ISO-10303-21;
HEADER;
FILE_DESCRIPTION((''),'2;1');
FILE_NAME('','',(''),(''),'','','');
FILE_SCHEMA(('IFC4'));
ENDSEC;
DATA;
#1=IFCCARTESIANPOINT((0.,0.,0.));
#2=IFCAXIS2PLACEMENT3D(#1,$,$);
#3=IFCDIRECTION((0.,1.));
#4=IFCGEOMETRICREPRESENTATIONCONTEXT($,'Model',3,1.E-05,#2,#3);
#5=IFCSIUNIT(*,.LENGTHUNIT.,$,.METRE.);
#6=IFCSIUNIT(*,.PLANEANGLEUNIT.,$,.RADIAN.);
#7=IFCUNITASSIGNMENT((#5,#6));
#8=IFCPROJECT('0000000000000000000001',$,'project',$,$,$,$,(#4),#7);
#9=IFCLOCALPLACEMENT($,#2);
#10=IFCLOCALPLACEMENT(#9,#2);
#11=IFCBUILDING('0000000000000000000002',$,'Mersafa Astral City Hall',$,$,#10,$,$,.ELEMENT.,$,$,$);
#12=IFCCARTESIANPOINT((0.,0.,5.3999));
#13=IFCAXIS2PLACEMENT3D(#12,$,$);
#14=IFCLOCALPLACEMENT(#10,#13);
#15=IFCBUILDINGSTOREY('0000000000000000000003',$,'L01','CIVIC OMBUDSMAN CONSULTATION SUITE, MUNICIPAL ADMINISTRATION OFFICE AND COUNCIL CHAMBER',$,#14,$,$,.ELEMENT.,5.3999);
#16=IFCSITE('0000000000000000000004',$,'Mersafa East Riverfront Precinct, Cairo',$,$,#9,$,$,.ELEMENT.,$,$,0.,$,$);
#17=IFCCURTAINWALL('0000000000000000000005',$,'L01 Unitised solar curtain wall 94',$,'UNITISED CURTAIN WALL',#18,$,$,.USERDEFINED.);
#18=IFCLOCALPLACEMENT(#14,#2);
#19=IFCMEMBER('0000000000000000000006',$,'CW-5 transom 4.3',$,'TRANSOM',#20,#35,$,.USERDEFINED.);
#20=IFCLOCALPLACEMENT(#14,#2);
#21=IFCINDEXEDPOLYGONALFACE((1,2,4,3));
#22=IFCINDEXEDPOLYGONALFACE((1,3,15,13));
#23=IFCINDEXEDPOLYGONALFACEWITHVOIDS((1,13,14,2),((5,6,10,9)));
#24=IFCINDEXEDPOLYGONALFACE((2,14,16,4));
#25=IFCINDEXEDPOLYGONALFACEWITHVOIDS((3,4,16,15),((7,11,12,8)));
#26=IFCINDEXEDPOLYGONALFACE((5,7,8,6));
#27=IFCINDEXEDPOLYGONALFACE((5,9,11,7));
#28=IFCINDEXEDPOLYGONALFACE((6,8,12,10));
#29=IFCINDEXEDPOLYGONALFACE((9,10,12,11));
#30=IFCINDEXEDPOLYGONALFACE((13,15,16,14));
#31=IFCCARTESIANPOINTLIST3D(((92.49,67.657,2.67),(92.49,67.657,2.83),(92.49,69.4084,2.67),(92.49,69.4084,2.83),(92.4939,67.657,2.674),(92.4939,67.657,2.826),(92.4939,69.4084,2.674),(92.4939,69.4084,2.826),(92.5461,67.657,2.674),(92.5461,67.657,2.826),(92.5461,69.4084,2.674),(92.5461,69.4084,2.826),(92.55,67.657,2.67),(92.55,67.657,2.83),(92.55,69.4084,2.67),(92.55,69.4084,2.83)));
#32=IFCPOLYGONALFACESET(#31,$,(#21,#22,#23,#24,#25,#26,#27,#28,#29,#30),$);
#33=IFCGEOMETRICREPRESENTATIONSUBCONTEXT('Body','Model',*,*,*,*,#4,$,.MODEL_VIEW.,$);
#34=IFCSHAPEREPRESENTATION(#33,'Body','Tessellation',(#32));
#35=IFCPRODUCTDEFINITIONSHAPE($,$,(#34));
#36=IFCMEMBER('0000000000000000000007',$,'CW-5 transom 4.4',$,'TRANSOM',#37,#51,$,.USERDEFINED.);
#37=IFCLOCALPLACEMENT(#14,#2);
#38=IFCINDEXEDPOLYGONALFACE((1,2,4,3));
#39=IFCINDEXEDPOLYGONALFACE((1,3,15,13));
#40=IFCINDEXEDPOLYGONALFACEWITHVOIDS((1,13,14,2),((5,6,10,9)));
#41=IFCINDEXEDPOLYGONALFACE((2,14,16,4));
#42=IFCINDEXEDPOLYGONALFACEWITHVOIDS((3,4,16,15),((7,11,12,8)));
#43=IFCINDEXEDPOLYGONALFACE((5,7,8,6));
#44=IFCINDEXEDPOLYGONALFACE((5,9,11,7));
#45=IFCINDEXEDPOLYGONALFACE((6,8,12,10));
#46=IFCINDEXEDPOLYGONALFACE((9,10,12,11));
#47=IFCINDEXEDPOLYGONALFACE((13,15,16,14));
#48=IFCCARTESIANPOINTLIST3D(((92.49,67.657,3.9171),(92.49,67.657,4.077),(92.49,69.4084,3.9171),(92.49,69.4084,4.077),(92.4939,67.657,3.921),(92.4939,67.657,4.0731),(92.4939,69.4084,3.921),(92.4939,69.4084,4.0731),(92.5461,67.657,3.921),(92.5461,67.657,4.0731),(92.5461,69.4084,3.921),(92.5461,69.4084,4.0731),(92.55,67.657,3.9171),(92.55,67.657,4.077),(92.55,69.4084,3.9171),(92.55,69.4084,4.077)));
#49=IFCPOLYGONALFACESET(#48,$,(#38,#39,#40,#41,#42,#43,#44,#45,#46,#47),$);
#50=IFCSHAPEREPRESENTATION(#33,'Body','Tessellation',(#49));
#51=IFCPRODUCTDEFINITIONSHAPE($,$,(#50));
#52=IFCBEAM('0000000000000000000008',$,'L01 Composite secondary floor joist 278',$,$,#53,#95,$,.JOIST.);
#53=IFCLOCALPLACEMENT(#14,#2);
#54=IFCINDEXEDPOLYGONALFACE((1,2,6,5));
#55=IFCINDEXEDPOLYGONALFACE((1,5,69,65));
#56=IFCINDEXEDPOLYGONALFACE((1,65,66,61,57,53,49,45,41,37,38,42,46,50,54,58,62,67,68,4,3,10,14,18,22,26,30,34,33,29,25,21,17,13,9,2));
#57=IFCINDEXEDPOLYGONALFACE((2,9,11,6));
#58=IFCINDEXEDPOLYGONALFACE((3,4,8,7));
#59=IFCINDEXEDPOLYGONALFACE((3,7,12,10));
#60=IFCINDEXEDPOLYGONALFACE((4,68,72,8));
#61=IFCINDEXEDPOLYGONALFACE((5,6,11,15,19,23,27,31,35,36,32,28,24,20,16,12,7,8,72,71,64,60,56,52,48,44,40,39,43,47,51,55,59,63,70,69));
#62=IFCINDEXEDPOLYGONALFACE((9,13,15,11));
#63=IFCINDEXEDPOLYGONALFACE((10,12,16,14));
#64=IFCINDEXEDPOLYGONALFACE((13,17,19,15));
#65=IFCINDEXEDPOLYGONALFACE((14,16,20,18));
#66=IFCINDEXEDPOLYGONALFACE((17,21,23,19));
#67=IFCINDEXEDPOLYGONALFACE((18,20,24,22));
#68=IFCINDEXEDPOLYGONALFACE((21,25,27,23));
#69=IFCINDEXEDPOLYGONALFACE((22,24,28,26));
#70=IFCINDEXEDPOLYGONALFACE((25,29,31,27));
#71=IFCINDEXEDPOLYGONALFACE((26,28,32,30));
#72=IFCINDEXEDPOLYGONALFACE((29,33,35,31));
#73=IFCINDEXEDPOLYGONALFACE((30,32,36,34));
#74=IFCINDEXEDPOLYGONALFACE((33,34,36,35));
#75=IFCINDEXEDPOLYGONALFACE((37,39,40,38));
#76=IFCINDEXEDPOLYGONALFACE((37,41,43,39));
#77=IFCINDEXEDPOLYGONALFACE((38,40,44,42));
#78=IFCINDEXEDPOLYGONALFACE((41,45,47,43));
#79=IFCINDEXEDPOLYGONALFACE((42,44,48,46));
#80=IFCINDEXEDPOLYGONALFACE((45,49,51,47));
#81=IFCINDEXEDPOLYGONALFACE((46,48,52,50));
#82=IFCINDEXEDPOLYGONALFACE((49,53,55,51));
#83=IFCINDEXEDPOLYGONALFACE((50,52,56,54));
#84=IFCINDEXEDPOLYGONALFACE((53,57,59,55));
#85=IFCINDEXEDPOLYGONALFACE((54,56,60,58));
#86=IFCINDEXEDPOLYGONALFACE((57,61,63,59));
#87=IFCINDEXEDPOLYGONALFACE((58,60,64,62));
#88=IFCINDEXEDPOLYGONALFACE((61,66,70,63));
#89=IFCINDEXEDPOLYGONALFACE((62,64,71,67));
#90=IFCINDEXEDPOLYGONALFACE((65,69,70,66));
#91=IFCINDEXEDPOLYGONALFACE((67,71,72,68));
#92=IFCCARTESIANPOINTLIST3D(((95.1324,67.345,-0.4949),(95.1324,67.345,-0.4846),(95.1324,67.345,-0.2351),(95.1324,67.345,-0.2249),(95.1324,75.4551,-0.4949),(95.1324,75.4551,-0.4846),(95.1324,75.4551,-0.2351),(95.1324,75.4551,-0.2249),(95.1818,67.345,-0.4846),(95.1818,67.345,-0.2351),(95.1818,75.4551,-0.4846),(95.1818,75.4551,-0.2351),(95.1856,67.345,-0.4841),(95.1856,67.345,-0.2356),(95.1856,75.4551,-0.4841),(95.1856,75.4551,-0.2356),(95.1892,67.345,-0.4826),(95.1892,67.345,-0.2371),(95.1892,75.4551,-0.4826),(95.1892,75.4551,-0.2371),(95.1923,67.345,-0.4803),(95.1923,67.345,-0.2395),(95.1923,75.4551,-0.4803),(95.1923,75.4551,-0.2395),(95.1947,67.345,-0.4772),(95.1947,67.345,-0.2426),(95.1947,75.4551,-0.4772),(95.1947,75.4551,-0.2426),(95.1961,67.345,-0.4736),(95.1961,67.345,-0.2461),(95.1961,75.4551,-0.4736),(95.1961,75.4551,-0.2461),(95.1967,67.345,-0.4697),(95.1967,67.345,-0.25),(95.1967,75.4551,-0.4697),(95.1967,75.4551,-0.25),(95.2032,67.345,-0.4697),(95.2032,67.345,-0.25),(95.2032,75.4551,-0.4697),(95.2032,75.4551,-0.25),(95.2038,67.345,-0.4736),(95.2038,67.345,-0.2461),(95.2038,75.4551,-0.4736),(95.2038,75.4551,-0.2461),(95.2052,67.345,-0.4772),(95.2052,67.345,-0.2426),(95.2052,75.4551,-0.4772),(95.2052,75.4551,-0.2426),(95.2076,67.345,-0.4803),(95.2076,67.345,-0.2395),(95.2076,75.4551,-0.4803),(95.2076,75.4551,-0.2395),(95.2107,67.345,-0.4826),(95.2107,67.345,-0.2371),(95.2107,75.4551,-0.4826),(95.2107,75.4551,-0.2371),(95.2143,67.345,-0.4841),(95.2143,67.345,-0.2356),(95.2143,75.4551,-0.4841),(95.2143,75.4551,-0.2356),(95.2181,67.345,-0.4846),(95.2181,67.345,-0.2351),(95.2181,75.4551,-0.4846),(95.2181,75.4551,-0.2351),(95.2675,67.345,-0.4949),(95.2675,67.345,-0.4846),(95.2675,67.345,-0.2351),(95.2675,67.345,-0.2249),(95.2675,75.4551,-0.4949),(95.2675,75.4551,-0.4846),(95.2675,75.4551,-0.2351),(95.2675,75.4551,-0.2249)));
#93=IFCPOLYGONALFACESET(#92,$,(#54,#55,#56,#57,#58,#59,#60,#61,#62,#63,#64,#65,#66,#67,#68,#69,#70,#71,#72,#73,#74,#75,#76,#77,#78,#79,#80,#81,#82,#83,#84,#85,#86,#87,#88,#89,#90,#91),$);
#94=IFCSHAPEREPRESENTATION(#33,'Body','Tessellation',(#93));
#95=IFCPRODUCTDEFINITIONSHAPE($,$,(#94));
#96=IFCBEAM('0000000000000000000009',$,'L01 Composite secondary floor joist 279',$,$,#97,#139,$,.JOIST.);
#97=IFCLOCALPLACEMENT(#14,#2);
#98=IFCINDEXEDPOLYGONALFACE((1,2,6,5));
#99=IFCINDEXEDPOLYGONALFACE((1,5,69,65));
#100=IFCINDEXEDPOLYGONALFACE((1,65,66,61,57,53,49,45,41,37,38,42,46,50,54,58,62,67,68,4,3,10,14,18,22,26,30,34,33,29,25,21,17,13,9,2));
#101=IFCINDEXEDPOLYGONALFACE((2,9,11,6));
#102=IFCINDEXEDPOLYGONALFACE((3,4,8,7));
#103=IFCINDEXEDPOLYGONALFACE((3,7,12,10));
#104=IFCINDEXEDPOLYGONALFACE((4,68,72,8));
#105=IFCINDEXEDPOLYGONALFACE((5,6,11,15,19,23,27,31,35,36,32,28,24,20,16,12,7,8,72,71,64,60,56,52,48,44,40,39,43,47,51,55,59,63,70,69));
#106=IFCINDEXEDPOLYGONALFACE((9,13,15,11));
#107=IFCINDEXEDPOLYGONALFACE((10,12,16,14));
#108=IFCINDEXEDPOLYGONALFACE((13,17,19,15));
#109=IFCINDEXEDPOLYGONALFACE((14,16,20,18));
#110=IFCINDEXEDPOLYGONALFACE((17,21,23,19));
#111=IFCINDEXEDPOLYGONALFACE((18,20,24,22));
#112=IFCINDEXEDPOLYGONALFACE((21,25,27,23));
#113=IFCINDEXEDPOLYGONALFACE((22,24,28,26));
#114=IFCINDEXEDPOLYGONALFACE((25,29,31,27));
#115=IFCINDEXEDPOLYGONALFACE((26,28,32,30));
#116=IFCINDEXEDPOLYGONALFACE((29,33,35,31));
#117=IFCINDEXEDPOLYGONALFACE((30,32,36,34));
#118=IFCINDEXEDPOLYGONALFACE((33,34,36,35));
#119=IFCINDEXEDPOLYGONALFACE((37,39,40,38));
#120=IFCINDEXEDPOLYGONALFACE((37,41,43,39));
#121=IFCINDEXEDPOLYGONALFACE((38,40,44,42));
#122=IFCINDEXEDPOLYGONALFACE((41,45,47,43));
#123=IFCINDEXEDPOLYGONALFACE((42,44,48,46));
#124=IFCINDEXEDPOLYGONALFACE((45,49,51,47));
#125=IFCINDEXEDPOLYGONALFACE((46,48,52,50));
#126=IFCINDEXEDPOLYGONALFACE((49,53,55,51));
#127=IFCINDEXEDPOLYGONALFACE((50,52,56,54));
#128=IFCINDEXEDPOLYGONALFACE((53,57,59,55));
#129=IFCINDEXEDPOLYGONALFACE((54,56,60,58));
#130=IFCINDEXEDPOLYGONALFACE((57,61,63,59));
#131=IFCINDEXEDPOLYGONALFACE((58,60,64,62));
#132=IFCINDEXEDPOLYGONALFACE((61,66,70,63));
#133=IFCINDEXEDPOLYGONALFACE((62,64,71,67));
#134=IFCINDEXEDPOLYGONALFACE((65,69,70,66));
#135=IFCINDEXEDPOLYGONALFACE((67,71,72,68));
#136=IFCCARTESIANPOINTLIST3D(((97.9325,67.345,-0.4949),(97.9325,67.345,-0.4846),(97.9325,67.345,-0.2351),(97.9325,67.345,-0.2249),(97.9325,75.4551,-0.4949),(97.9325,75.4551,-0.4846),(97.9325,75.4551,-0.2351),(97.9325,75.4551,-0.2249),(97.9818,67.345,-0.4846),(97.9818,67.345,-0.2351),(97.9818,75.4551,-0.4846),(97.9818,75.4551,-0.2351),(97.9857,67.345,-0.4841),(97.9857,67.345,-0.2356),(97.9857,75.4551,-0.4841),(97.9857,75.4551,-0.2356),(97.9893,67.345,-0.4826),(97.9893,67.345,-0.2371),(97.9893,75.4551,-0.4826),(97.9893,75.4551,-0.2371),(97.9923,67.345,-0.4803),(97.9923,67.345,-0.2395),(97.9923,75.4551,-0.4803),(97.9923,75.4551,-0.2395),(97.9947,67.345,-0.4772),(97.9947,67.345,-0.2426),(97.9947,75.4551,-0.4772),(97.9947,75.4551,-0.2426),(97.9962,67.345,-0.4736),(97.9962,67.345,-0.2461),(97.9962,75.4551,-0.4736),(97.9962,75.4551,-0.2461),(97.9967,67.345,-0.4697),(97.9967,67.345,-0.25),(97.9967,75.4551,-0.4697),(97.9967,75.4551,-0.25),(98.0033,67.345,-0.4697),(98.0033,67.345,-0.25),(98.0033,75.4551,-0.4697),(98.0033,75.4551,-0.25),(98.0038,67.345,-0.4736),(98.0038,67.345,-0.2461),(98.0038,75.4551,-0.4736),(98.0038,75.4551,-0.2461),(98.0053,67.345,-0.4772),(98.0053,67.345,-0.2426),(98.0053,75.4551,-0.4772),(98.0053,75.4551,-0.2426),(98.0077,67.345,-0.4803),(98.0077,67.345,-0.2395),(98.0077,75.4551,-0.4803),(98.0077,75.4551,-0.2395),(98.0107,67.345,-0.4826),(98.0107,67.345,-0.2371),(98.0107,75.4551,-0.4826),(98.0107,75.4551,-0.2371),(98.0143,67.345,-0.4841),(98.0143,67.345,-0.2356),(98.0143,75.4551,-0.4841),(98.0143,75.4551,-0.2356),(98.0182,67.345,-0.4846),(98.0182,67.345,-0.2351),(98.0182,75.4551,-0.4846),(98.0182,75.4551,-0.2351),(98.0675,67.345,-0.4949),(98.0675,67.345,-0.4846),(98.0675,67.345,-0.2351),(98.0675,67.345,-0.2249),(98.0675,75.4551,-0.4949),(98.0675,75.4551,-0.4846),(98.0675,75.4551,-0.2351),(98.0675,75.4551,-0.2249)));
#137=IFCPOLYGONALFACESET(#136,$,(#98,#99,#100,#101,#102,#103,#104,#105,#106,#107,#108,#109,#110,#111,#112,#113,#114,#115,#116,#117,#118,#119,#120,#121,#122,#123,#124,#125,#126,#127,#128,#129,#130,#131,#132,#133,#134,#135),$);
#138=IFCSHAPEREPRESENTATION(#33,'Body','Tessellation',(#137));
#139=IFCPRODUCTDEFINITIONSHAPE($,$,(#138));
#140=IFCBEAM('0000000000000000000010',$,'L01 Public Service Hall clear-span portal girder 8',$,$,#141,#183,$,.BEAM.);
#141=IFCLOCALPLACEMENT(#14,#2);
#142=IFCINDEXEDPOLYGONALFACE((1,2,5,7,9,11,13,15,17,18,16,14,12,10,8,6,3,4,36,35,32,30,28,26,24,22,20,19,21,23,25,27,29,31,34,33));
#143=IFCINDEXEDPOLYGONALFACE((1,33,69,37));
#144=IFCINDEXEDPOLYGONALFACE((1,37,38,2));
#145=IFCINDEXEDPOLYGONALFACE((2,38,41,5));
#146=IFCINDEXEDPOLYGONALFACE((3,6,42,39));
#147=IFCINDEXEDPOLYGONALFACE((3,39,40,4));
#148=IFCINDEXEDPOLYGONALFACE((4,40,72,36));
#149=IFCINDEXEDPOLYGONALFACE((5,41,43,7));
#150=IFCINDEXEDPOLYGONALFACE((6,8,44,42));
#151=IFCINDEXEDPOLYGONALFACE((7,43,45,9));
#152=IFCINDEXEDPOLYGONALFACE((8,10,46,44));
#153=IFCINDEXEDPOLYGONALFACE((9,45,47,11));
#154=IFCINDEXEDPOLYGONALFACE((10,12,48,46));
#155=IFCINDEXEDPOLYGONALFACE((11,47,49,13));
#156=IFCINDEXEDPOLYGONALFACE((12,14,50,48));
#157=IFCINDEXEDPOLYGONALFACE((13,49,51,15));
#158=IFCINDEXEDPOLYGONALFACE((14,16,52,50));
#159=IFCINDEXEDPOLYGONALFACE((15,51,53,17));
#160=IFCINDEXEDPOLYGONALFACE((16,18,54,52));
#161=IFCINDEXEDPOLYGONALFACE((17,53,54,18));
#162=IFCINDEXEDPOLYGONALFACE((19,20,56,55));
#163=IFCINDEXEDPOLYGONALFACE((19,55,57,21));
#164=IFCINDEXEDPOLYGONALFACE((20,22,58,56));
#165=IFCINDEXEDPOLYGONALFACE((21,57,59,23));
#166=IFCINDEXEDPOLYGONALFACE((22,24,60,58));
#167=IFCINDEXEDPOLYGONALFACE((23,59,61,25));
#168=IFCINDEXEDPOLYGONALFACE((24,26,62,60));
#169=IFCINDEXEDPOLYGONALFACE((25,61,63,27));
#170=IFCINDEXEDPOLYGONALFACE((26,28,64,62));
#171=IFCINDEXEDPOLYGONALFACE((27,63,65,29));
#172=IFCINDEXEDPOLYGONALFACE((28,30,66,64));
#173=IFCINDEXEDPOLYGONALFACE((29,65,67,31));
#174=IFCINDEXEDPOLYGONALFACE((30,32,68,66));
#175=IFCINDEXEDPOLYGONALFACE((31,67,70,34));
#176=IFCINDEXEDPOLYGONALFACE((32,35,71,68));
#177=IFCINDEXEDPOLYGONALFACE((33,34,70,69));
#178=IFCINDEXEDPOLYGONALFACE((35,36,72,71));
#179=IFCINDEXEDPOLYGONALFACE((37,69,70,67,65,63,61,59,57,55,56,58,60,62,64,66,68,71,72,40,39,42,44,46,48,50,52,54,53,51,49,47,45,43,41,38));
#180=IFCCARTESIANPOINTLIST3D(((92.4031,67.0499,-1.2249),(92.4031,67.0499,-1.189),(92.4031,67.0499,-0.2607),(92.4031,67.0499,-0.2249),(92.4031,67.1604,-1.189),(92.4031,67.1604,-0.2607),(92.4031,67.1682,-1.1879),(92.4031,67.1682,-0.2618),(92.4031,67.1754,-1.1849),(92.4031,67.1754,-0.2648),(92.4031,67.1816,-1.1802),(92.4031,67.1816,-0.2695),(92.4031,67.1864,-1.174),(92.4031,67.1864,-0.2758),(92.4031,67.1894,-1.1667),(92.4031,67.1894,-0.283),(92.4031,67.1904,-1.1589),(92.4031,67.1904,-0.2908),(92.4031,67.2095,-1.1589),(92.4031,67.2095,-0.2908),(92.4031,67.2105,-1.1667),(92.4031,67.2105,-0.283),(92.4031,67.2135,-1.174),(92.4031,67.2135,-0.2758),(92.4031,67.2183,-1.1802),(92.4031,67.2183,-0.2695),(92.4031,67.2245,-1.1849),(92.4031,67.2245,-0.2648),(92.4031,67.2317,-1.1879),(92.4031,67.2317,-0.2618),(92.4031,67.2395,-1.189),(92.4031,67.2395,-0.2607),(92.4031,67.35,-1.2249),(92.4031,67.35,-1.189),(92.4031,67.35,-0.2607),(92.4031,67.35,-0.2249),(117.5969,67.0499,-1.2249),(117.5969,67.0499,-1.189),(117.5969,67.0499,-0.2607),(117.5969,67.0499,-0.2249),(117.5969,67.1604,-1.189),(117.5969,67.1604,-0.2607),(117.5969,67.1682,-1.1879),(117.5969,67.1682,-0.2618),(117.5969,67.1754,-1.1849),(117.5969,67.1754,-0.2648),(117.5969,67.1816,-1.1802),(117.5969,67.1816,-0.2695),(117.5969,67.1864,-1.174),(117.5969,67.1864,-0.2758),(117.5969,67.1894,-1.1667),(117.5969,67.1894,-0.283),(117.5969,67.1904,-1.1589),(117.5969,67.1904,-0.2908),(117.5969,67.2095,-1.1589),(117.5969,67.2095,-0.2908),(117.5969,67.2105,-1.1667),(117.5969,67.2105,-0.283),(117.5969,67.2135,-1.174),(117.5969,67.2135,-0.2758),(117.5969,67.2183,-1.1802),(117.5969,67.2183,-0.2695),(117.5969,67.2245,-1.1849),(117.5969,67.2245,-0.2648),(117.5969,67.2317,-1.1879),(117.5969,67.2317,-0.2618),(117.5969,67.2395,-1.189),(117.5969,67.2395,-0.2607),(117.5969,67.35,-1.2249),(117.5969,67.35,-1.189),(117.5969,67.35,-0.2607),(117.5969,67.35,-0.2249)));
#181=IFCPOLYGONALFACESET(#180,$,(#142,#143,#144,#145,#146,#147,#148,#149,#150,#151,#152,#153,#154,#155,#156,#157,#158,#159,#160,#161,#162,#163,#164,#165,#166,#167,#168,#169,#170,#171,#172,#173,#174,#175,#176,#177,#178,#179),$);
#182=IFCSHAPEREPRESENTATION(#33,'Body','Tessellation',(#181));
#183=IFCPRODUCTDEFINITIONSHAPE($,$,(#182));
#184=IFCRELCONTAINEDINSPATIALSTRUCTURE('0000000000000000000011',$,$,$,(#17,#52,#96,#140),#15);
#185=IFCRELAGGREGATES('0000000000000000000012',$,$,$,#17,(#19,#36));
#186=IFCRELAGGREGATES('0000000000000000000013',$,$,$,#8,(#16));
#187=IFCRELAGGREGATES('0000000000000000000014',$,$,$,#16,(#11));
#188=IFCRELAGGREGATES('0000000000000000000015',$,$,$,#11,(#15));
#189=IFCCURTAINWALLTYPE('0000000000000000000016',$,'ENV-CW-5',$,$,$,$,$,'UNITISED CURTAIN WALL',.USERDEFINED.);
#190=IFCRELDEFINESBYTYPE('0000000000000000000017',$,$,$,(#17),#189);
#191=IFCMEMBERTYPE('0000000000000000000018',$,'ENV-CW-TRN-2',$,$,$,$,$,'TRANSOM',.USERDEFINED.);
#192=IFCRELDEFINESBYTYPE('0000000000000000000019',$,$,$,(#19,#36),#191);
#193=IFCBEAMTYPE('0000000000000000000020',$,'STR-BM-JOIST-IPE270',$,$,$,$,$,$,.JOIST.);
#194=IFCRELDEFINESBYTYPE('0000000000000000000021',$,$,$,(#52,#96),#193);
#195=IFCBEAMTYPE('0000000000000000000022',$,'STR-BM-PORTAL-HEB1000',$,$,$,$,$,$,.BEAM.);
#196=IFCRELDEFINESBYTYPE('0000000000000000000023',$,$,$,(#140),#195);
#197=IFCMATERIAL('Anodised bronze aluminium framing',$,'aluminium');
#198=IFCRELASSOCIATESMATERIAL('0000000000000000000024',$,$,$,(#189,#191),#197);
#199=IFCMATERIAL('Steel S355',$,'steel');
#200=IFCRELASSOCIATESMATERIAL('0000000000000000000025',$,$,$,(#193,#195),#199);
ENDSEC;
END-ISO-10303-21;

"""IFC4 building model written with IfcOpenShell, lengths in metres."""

from ifc_helpers import new_model, si_unit, direction, frame, origin, origin_2d, place, context, subcontext, project, spatial, hollow_rectangle, i_section, extrude, material, material_profile, profile_set, type_object, element, aggregate, save


model = new_model("IFC4")

# Units and contexts
model_context = context("Model", 3, precision=1e-05, world=origin(), true_north=direction((0.0, 1.0)))
body_context = subcontext(model_context, "Body", "Model", "MODEL_VIEW")
ifc_project = project(units=[si_unit("LENGTHUNIT", "METRE"), si_unit("PLANEANGLEUNIT", "RADIAN")], contexts=[model_context])

# Site, building, storey
site_placement = place(None, origin())
site = spatial("IfcSite", under=ifc_project, at=site_placement, Name="Mersafa East Riverfront Precinct, Cairo", CompositionType="ELEMENT", RefElevation=0.0)
building_placement = place(site_placement, origin())
building = spatial("IfcBuilding", under=site, at=building_placement, Name="Mersafa Astral City Hall", CompositionType="ELEMENT")
storey_placement = place(building_placement, frame((0.0, 0.0, 5.3999)))
storey = spatial("IfcBuildingStorey", under=building, at=storey_placement, Name="L01", Description="CIVIC OMBUDSMAN CONSULTATION SUITE, MUNICIPAL ADMINISTRATION OFFICE AND COUNCIL CHAMBER", CompositionType="ELEMENT", Elevation=5.3999)

# Shared definitions
ifc_material_1 = material(Name="Steel S355", Category="steel")

# Curtain wall, members
ifc_material_2 = material(Name="Anodised bronze aluminium framing", Category="aluminium")
curtain_wall_type = type_object("IfcCurtainWallType", Name="ENV-CW-5", ElementType="UNITISED CURTAIN WALL", PredefinedType="USERDEFINED", material=ifc_material_2)
curtain_wall_placement = place(storey_placement, origin())
curtain_wall = element("IfcCurtainWall", 1, at=curtain_wall_placement, inside=storey, type_object=curtain_wall_type, Name="L01 Unitised solar curtain wall 94", ObjectType="UNITISED CURTAIN WALL", PredefinedType="USERDEFINED")
ifc_material_profile_1 = material_profile(ifc_material_2, hollow_rectangle(XDim=0.0601, YDim=0.1599, WallThickness=0.0039, at=origin_2d()), Name="RHS 60x160x4")
ifc_profile_set_1 = profile_set([ifc_material_profile_1], Name="Anodised bronze aluminium framing")
member_type_1 = type_object("IfcMemberType", Name="ENV-CW-TRN-2", ElementType="TRANSOM", PredefinedType="USERDEFINED", material=ifc_profile_set_1)
member_1_placement = place(storey_placement, frame((92.52, 69.4084, 2.75), z_axis=(0.0, -1.0, 0.0), x_axis=(1.0, 0.0, 0.0)))
member_1 = element("IfcMember", 2, at=member_1_placement, type_object=member_type_1, Name="CW-5 transom 4.3", ObjectType="TRANSOM", PredefinedType="USERDEFINED", context=body_context, shape_type="SweptSolid", body=[
    extrude(hollow_rectangle(XDim=0.0601, YDim=0.1599, WallThickness=0.0039, at=origin_2d()), origin(), (0.0, 0.0, 1.0), 1.7515),
])
member_2_placement = place(storey_placement, frame((92.52, 69.4084, 3.9971), z_axis=(0.0, -1.0, 0.0), x_axis=(1.0, 0.0, 0.0)))
member_2 = element("IfcMember", 3, at=member_2_placement, type_object=member_type_1, Name="CW-5 transom 4.4", ObjectType="TRANSOM", PredefinedType="USERDEFINED", context=body_context, shape_type="SweptSolid", body=[
    extrude(hollow_rectangle(XDim=0.0601, YDim=0.1599, WallThickness=0.0039, at=origin_2d()), origin(), (0.0, 0.0, 1.0), 1.7515),
])

# Beams
ifc_material_profile_2 = material_profile(ifc_material_1, i_section(OverallWidth=0.135, OverallDepth=0.27, WebThickness=0.0066, FlangeThickness=0.0103, FilletRadius=0.0149, at=origin_2d()), Name="IPE 270")
ifc_profile_set_2 = profile_set([ifc_material_profile_2], Name="Steel S355")
beam_type_1 = type_object("IfcBeamType", Name="STR-BM-JOIST-IPE270", PredefinedType="JOIST", material=ifc_profile_set_2)
for number, where, z_axis, x_axis, name in (
    (4, (95.2, 67.345, -0.3599), (0.0, 1.0, 0.0), (-1.0, 0.0, 0.0), "L01 Composite secondary floor joist 278"),
    (5, (98.0, 67.345, -0.3599), (0.0, 1.0, 0.0), (-1.0, 0.0, 0.0), "L01 Composite secondary floor joist 279"),
):
    element("IfcBeam", number, at=place(storey_placement, frame(where, z_axis=z_axis, x_axis=x_axis)), inside=storey, type_object=beam_type_1, Name=name, PredefinedType="JOIST", context=body_context, shape_type="SweptSolid", body=[
        extrude(i_section(OverallWidth=0.135, OverallDepth=0.27, WebThickness=0.0066, FlangeThickness=0.0103, FilletRadius=0.0149, at=origin_2d()), origin(), (0.0, 0.0, 1.0), 8.1101),
    ])
ifc_material_profile_3 = material_profile(ifc_material_1, i_section(OverallWidth=0.3, OverallDepth=1.0, WebThickness=0.019, FlangeThickness=0.0359, FilletRadius=0.03, at=origin_2d()), Name="HEB 1000")
ifc_profile_set_3 = profile_set([ifc_material_profile_3], Name="Steel S355")
beam_type_2 = type_object("IfcBeamType", Name="STR-BM-PORTAL-HEB1000", PredefinedType="BEAM", material=ifc_profile_set_3)
beam_1_placement = place(storey_placement, frame((92.4031, 67.2, -0.7249), z_axis=(1.0, 0.0, 0.0), x_axis=(0.0, 1.0, 0.0)))
element("IfcBeam", 6, at=beam_1_placement, inside=storey, type_object=beam_type_2, Name="L01 Public Service Hall clear-span portal girder 8", PredefinedType="BEAM", context=body_context, shape_type="SweptSolid", body=[
    extrude(i_section(OverallWidth=0.3, OverallDepth=1.0, WebThickness=0.019, FlangeThickness=0.0359, FilletRadius=0.03, at=origin_2d()), origin(), (0.0, 0.0, 1.0), 25.1938),
])

aggregate(curtain_wall, [member_1, member_2])

save(model, "model.ifc")
